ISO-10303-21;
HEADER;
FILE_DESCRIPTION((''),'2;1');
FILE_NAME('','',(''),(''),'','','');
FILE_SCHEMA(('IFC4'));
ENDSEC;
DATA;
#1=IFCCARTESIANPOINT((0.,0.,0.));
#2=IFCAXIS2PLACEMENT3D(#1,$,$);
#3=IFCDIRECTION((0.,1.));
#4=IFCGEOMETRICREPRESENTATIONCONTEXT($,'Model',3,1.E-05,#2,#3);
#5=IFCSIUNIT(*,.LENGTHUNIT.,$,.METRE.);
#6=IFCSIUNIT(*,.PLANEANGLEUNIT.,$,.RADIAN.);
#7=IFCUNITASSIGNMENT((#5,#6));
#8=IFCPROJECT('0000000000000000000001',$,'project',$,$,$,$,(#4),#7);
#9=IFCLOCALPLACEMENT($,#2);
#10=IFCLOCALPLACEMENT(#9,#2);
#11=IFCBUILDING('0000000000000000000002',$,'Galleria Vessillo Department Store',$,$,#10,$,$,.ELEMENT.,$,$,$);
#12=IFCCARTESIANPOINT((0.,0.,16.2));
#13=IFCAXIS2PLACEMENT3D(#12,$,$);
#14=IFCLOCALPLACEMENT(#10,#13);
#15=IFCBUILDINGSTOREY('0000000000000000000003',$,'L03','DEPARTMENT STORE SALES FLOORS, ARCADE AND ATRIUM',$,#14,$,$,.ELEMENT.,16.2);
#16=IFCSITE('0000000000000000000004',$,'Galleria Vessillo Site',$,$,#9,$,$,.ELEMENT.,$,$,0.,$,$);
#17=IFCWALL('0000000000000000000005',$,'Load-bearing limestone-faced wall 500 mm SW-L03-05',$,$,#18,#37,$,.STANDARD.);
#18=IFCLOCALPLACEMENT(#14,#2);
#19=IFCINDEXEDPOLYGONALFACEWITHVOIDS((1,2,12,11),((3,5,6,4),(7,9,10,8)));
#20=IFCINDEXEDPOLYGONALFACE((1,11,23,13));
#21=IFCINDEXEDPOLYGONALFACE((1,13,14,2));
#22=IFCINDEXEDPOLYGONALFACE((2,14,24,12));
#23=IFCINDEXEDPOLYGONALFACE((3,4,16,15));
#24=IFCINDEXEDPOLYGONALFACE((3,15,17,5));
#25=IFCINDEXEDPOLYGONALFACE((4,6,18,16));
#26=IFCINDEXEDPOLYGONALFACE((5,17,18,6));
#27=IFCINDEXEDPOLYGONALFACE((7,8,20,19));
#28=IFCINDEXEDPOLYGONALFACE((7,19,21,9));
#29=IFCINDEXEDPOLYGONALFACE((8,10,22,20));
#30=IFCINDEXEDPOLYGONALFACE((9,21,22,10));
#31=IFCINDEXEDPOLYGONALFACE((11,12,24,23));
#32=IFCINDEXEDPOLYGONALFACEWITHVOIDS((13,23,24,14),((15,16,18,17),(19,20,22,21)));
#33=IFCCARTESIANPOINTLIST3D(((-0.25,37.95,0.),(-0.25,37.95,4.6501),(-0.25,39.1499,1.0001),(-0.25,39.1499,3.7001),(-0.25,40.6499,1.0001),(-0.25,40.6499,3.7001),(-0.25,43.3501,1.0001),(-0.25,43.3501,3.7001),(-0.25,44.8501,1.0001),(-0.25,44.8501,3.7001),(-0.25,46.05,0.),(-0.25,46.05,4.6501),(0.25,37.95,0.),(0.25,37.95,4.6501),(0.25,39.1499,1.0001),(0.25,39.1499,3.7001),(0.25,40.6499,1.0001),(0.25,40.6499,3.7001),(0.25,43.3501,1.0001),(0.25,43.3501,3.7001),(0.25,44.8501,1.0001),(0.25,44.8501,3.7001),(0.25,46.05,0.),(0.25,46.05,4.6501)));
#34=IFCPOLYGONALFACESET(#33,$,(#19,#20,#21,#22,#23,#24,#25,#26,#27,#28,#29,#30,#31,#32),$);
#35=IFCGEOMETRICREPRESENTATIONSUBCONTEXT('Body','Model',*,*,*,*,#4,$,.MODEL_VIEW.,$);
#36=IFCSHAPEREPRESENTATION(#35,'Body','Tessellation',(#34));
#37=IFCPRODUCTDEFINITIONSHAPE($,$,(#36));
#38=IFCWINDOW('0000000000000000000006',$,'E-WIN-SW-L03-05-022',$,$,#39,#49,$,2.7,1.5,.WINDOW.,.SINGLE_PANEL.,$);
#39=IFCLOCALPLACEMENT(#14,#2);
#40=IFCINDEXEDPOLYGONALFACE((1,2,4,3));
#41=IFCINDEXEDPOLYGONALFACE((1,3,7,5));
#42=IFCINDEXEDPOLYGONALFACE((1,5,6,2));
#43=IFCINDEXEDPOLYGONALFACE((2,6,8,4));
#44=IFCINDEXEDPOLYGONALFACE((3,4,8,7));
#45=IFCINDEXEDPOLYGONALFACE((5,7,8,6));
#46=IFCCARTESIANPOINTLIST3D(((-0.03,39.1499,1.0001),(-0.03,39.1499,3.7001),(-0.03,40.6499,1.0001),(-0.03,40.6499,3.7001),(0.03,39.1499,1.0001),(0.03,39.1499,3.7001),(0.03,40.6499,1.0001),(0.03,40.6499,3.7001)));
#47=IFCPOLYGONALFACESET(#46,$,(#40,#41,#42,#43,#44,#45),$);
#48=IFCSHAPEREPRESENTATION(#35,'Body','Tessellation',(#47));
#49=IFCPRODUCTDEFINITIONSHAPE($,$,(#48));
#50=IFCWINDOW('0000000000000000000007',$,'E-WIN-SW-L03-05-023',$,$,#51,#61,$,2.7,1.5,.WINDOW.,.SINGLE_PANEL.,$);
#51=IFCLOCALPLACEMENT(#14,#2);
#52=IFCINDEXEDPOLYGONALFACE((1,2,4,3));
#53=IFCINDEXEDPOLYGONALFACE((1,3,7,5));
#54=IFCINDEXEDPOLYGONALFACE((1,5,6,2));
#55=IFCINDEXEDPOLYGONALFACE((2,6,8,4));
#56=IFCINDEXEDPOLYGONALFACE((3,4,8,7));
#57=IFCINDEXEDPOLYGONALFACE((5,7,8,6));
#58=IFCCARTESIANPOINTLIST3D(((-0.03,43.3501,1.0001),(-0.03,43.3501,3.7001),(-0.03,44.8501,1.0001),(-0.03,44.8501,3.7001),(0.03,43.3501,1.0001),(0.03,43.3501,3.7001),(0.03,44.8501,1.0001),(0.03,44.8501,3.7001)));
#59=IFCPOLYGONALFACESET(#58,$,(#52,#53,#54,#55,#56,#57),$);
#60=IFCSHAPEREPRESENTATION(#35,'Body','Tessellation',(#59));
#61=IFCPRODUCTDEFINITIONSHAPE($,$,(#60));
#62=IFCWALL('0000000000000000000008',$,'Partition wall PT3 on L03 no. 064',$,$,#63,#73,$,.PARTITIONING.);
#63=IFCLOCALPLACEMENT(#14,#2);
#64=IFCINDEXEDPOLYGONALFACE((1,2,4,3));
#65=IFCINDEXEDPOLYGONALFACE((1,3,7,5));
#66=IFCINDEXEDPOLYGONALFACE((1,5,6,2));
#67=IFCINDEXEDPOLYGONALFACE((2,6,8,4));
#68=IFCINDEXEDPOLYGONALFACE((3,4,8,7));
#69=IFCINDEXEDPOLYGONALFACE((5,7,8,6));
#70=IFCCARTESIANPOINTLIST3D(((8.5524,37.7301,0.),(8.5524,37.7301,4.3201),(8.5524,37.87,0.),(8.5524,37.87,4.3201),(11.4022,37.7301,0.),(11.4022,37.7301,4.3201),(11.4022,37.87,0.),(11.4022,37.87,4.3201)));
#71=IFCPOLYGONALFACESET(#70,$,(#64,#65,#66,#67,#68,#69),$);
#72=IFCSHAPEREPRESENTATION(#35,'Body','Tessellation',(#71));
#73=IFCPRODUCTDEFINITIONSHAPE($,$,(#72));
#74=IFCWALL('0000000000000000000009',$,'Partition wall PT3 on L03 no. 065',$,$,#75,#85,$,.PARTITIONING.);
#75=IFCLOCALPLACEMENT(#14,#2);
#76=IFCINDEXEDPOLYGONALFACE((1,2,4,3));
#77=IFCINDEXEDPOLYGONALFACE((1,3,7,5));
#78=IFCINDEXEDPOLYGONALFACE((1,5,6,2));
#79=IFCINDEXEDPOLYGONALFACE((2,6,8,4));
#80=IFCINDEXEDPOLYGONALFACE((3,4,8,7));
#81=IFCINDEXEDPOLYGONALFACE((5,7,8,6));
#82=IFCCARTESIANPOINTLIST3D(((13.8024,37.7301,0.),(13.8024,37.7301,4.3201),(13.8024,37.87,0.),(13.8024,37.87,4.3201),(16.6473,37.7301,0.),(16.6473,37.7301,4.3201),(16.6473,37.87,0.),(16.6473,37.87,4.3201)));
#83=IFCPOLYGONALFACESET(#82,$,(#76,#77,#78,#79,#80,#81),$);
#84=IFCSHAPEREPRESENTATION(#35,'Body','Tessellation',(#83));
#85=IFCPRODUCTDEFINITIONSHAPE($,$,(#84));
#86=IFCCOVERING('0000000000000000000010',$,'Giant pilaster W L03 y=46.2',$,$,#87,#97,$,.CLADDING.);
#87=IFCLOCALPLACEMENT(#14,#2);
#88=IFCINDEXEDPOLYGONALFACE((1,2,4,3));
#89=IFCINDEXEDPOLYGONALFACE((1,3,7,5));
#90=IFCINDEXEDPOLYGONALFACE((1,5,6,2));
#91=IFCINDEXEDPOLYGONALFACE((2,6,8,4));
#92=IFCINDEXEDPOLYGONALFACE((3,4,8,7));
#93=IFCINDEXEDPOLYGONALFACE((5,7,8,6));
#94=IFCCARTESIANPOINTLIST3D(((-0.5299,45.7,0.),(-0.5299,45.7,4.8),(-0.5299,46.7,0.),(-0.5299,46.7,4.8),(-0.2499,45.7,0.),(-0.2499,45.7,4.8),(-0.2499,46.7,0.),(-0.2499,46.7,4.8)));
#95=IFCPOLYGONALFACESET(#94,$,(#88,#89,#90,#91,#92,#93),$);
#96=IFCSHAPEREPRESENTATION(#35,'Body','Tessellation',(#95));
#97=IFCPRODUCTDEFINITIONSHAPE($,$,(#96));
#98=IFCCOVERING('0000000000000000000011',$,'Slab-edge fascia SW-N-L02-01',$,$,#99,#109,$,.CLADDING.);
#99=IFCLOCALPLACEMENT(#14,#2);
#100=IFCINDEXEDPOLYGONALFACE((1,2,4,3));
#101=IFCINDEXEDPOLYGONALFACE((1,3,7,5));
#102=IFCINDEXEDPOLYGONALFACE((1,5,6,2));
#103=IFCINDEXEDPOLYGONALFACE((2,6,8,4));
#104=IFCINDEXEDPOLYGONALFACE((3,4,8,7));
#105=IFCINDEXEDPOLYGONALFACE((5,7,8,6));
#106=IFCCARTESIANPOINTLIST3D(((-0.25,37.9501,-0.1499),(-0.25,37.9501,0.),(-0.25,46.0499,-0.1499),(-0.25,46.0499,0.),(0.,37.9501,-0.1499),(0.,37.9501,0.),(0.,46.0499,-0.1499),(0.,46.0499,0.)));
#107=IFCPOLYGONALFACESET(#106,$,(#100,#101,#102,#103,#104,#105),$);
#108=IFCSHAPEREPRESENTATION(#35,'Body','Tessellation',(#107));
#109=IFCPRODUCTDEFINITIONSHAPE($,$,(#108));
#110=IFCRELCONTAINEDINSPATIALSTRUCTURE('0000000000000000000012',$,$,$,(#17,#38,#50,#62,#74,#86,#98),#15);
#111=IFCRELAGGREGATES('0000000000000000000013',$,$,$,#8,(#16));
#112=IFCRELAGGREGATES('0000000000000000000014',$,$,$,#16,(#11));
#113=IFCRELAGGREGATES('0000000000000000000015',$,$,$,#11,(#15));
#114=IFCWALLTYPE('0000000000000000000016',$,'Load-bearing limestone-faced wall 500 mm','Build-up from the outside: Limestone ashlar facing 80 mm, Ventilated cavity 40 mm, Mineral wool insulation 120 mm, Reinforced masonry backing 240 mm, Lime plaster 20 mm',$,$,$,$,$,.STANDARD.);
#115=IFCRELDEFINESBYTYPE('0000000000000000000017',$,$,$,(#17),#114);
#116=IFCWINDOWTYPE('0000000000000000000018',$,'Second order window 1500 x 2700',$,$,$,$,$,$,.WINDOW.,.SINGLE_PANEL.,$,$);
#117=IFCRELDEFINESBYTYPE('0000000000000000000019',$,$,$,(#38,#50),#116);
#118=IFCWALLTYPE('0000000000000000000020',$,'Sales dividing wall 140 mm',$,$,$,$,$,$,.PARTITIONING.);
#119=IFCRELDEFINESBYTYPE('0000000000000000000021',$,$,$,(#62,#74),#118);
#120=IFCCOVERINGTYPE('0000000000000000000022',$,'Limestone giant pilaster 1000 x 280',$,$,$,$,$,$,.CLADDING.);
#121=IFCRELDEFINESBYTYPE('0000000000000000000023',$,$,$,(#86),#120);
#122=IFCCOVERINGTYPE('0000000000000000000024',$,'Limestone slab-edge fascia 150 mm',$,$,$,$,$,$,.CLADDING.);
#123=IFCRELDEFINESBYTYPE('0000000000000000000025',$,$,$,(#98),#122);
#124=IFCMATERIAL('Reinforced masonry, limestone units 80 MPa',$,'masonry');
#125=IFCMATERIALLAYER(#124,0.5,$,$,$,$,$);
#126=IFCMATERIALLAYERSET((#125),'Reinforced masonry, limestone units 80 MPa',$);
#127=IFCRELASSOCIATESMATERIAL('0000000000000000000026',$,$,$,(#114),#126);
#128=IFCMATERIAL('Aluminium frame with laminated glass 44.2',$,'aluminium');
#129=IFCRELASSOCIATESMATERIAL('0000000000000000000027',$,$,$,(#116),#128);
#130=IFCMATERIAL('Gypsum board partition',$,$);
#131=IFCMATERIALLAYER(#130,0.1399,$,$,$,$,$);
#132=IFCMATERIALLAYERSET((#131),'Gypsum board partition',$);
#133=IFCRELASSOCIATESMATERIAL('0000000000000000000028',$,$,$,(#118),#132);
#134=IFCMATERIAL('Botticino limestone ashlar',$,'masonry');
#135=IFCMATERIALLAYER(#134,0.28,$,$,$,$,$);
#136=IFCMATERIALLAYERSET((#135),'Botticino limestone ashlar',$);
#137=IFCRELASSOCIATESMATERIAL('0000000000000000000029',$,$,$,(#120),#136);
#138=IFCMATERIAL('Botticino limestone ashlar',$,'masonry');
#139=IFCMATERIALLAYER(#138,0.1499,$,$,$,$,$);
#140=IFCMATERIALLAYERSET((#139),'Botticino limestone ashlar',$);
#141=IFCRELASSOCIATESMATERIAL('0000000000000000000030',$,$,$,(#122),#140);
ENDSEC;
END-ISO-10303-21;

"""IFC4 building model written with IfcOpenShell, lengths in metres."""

from ifc_helpers import new_model, si_unit, direction, frame, frame_2d, origin, origin_2d, place, context, subcontext, project, spatial, rectangle, extrude, material, layer, layer_set, type_object, element, fill, save


model = new_model("IFC4")

# Units and contexts
model_context = context("Model", 3, precision=1e-05, world=origin(), true_north=direction((0.0, 1.0)))
body_context = subcontext(model_context, "Body", "Model", "MODEL_VIEW")
ifc_project = project(units=[si_unit("LENGTHUNIT", "METRE"), si_unit("PLANEANGLEUNIT", "RADIAN")], contexts=[model_context])

# Site, building, storey
site_placement = place(None, origin())
site = spatial("IfcSite", under=ifc_project, at=site_placement, Name="Galleria Vessillo Site", CompositionType="ELEMENT", RefElevation=0.0)
building_placement = place(site_placement, origin())
building = spatial("IfcBuilding", under=site, at=building_placement, Name="Galleria Vessillo Department Store", CompositionType="ELEMENT")
storey_placement = place(building_placement, frame((0.0, 0.0, 16.2)))
storey = spatial("IfcBuildingStorey", under=building, at=storey_placement, Name="L03", Description="DEPARTMENT STORE SALES FLOORS, ARCADE AND ATRIUM", CompositionType="ELEMENT", Elevation=16.2)

# Wall, openings, windows
ifc_material_1 = material(Name="Reinforced masonry, limestone units 80 MPa", Category="masonry")
ifc_layer_1 = layer(ifc_material_1, 0.5)
ifc_layer_set_1 = layer_set([ifc_layer_1], Name="Reinforced masonry, limestone units 80 MPa")
wall_type_1 = type_object("IfcWallType", Name="Load-bearing limestone-faced wall 500 mm", Description="Build-up from the outside: Limestone ashlar facing 80 mm, Ventilated cavity 40 mm, Mineral wool insulation 120 mm, Reinforced masonry backing 240 mm, Lime plaster 20 mm", PredefinedType="STANDARD", material=ifc_layer_set_1)
wall_1_placement = place(storey_placement, frame((0.0, 37.95, 0.0), z_axis=(0.0, 0.0, 1.0), x_axis=(0.0, 1.0, 0.0)))
wall_1 = element("IfcWall", 1, at=wall_1_placement, inside=storey, type_object=wall_type_1, Name="Load-bearing limestone-faced wall 500 mm SW-L03-05", PredefinedType="STANDARD", context=body_context, shape_type="SweptSolid", body=[
    extrude(rectangle(XDim=8.1001, YDim=0.5, at=frame_2d((4.05, 0.0))), origin(), (0.0, 0.0, 1.0), 4.6501),
])
opening_1_placement = place(wall_1_placement, frame((1.2, 0.0, 1.0)))
opening_1 = element("IfcOpeningElement", 2, at=opening_1_placement, cuts=wall_1, PredefinedType="OPENING", context=body_context, shape_type="SweptSolid", body=[
    extrude(rectangle(XDim=1.5, YDim=2.7, at=frame_2d((0.75, 1.3501))), frame((0.0, 0.26, 0.0), z_axis=(0.0, -1.0, 0.0), x_axis=(1.0, 0.0, 0.0)), (0.0, 0.0, 1.0), 0.52),
])
opening_2_placement = place(wall_1_placement, frame((5.4001, 0.0, 1.0)))
opening_2 = element("IfcOpeningElement", 3, at=opening_2_placement, cuts=wall_1, PredefinedType="OPENING", context=body_context, shape_type="SweptSolid", body=[
    extrude(rectangle(XDim=1.5, YDim=2.7, at=frame_2d((0.75, 1.3501))), frame((0.0, 0.26, 0.0), z_axis=(0.0, -1.0, 0.0), x_axis=(1.0, 0.0, 0.0)), (0.0, 0.0, 1.0), 0.52),
])
ifc_material_2 = material(Name="Aluminium frame with laminated glass 44.2", Category="aluminium")
window_type = type_object("IfcWindowType", Name="Second order window 1500 x 2700", PartitioningType="SINGLE_PANEL", PredefinedType="WINDOW", material=ifc_material_2)
window_1_placement = place(opening_1_placement, origin())
window_1 = element("IfcWindow", 4, at=window_1_placement, inside=storey, type_object=window_type, Name="E-WIN-SW-L03-05-022", OverallHeight=2.7, OverallWidth=1.5, PartitioningType="SINGLE_PANEL", PredefinedType="WINDOW", context=body_context, shape_type="SweptSolid", body=[
    extrude(rectangle(XDim=1.5, YDim=2.7, at=frame_2d((0.75, 1.3501))), frame((0.0, 0.03, 0.0), z_axis=(0.0, -1.0, 0.0), x_axis=(1.0, 0.0, 0.0)), (0.0, 0.0, 1.0), 0.0601),
])
fill(opening_1, window_1)
window_2_placement = place(opening_2_placement, origin())
window_2 = element("IfcWindow", 5, at=window_2_placement, inside=storey, type_object=window_type, Name="E-WIN-SW-L03-05-023", OverallHeight=2.7, OverallWidth=1.5, PartitioningType="SINGLE_PANEL", PredefinedType="WINDOW", context=body_context, shape_type="SweptSolid", body=[
    extrude(rectangle(XDim=1.5, YDim=2.7, at=frame_2d((0.75, 1.3501))), frame((0.0, 0.03, 0.0), z_axis=(0.0, -1.0, 0.0), x_axis=(1.0, 0.0, 0.0)), (0.0, 0.0, 1.0), 0.0601),
])
fill(opening_2, window_2)

# Walls
ifc_material_3 = material(Name="Gypsum board partition")
ifc_layer_2 = layer(ifc_material_3, 0.1399)
ifc_layer_set_2 = layer_set([ifc_layer_2], Name="Gypsum board partition")
wall_type_2 = type_object("IfcWallType", Name="Sales dividing wall 140 mm", PredefinedType="PARTITIONING", material=ifc_layer_set_2)
wall_2_placement = place(storey_placement, frame((8.5525, 37.8, 0.0), z_axis=(0.0, 0.0, 1.0), x_axis=(1.0, 0.0, 0.0)))
element("IfcWall", 6, at=wall_2_placement, inside=storey, type_object=wall_type_2, Name="Partition wall PT3 on L03 no. 064", PredefinedType="PARTITIONING", context=body_context, shape_type="SweptSolid", body=[
    extrude(rectangle(XDim=2.8499, YDim=0.1399, at=frame_2d((1.4248, 0.0))), origin(), (0.0, 0.0, 1.0), 4.3201),
])
wall_3_placement = place(storey_placement, frame((13.8025, 37.8, 0.0), z_axis=(0.0, 0.0, 1.0), x_axis=(1.0, 0.0, 0.0)))
element("IfcWall", 7, at=wall_3_placement, inside=storey, type_object=wall_type_2, Name="Partition wall PT3 on L03 no. 065", PredefinedType="PARTITIONING", context=body_context, shape_type="SweptSolid", body=[
    extrude(rectangle(XDim=2.845, YDim=0.1399, at=frame_2d((1.4224, 0.0))), origin(), (0.0, 0.0, 1.0), 4.3201),
])

# Coverings
ifc_material_4 = material(Name="Botticino limestone ashlar", Category="masonry")
ifc_layer_3 = layer(ifc_material_4, 0.28)
ifc_layer_set_3 = layer_set([ifc_layer_3], Name="Botticino limestone ashlar")
covering_type_1 = type_object("IfcCoveringType", Name="Limestone giant pilaster 1000 x 280", PredefinedType="CLADDING", material=ifc_layer_set_3)
covering_1_placement = place(storey_placement, frame((-0.3899, 46.2, 0.0), z_axis=(0.0, 0.0, 1.0), x_axis=(1.0, 0.0, 0.0)))
element("IfcCovering", 8, at=covering_1_placement, inside=storey, type_object=covering_type_1, Name="Giant pilaster W L03 y=46.2", PredefinedType="CLADDING", context=body_context, shape_type="SweptSolid", body=[
    extrude(rectangle(XDim=0.28, YDim=1.0, at=origin_2d()), origin(), (0.0, 0.0, 1.0), 4.8),
])
ifc_material_5 = material(Name="Botticino limestone ashlar", Category="masonry")
ifc_layer_4 = layer(ifc_material_5, 0.1499)
ifc_layer_set_4 = layer_set([ifc_layer_4], Name="Botticino limestone ashlar")
covering_type_2 = type_object("IfcCoveringType", Name="Limestone slab-edge fascia 150 mm", PredefinedType="CLADDING", material=ifc_layer_set_4)
covering_2_placement = place(storey_placement, frame((-0.125, 42.0, -0.1499), z_axis=(0.0, 0.0, 1.0), x_axis=(1.0, 0.0, 0.0)))
element("IfcCovering", 9, at=covering_2_placement, inside=storey, type_object=covering_type_2, Name="Slab-edge fascia SW-N-L02-01", PredefinedType="CLADDING", context=body_context, shape_type="SweptSolid", body=[
    extrude(rectangle(XDim=0.25, YDim=8.0999, at=origin_2d()), origin(), (0.0, 0.0, 1.0), 0.1499),
])

save(model, "model.ifc")
